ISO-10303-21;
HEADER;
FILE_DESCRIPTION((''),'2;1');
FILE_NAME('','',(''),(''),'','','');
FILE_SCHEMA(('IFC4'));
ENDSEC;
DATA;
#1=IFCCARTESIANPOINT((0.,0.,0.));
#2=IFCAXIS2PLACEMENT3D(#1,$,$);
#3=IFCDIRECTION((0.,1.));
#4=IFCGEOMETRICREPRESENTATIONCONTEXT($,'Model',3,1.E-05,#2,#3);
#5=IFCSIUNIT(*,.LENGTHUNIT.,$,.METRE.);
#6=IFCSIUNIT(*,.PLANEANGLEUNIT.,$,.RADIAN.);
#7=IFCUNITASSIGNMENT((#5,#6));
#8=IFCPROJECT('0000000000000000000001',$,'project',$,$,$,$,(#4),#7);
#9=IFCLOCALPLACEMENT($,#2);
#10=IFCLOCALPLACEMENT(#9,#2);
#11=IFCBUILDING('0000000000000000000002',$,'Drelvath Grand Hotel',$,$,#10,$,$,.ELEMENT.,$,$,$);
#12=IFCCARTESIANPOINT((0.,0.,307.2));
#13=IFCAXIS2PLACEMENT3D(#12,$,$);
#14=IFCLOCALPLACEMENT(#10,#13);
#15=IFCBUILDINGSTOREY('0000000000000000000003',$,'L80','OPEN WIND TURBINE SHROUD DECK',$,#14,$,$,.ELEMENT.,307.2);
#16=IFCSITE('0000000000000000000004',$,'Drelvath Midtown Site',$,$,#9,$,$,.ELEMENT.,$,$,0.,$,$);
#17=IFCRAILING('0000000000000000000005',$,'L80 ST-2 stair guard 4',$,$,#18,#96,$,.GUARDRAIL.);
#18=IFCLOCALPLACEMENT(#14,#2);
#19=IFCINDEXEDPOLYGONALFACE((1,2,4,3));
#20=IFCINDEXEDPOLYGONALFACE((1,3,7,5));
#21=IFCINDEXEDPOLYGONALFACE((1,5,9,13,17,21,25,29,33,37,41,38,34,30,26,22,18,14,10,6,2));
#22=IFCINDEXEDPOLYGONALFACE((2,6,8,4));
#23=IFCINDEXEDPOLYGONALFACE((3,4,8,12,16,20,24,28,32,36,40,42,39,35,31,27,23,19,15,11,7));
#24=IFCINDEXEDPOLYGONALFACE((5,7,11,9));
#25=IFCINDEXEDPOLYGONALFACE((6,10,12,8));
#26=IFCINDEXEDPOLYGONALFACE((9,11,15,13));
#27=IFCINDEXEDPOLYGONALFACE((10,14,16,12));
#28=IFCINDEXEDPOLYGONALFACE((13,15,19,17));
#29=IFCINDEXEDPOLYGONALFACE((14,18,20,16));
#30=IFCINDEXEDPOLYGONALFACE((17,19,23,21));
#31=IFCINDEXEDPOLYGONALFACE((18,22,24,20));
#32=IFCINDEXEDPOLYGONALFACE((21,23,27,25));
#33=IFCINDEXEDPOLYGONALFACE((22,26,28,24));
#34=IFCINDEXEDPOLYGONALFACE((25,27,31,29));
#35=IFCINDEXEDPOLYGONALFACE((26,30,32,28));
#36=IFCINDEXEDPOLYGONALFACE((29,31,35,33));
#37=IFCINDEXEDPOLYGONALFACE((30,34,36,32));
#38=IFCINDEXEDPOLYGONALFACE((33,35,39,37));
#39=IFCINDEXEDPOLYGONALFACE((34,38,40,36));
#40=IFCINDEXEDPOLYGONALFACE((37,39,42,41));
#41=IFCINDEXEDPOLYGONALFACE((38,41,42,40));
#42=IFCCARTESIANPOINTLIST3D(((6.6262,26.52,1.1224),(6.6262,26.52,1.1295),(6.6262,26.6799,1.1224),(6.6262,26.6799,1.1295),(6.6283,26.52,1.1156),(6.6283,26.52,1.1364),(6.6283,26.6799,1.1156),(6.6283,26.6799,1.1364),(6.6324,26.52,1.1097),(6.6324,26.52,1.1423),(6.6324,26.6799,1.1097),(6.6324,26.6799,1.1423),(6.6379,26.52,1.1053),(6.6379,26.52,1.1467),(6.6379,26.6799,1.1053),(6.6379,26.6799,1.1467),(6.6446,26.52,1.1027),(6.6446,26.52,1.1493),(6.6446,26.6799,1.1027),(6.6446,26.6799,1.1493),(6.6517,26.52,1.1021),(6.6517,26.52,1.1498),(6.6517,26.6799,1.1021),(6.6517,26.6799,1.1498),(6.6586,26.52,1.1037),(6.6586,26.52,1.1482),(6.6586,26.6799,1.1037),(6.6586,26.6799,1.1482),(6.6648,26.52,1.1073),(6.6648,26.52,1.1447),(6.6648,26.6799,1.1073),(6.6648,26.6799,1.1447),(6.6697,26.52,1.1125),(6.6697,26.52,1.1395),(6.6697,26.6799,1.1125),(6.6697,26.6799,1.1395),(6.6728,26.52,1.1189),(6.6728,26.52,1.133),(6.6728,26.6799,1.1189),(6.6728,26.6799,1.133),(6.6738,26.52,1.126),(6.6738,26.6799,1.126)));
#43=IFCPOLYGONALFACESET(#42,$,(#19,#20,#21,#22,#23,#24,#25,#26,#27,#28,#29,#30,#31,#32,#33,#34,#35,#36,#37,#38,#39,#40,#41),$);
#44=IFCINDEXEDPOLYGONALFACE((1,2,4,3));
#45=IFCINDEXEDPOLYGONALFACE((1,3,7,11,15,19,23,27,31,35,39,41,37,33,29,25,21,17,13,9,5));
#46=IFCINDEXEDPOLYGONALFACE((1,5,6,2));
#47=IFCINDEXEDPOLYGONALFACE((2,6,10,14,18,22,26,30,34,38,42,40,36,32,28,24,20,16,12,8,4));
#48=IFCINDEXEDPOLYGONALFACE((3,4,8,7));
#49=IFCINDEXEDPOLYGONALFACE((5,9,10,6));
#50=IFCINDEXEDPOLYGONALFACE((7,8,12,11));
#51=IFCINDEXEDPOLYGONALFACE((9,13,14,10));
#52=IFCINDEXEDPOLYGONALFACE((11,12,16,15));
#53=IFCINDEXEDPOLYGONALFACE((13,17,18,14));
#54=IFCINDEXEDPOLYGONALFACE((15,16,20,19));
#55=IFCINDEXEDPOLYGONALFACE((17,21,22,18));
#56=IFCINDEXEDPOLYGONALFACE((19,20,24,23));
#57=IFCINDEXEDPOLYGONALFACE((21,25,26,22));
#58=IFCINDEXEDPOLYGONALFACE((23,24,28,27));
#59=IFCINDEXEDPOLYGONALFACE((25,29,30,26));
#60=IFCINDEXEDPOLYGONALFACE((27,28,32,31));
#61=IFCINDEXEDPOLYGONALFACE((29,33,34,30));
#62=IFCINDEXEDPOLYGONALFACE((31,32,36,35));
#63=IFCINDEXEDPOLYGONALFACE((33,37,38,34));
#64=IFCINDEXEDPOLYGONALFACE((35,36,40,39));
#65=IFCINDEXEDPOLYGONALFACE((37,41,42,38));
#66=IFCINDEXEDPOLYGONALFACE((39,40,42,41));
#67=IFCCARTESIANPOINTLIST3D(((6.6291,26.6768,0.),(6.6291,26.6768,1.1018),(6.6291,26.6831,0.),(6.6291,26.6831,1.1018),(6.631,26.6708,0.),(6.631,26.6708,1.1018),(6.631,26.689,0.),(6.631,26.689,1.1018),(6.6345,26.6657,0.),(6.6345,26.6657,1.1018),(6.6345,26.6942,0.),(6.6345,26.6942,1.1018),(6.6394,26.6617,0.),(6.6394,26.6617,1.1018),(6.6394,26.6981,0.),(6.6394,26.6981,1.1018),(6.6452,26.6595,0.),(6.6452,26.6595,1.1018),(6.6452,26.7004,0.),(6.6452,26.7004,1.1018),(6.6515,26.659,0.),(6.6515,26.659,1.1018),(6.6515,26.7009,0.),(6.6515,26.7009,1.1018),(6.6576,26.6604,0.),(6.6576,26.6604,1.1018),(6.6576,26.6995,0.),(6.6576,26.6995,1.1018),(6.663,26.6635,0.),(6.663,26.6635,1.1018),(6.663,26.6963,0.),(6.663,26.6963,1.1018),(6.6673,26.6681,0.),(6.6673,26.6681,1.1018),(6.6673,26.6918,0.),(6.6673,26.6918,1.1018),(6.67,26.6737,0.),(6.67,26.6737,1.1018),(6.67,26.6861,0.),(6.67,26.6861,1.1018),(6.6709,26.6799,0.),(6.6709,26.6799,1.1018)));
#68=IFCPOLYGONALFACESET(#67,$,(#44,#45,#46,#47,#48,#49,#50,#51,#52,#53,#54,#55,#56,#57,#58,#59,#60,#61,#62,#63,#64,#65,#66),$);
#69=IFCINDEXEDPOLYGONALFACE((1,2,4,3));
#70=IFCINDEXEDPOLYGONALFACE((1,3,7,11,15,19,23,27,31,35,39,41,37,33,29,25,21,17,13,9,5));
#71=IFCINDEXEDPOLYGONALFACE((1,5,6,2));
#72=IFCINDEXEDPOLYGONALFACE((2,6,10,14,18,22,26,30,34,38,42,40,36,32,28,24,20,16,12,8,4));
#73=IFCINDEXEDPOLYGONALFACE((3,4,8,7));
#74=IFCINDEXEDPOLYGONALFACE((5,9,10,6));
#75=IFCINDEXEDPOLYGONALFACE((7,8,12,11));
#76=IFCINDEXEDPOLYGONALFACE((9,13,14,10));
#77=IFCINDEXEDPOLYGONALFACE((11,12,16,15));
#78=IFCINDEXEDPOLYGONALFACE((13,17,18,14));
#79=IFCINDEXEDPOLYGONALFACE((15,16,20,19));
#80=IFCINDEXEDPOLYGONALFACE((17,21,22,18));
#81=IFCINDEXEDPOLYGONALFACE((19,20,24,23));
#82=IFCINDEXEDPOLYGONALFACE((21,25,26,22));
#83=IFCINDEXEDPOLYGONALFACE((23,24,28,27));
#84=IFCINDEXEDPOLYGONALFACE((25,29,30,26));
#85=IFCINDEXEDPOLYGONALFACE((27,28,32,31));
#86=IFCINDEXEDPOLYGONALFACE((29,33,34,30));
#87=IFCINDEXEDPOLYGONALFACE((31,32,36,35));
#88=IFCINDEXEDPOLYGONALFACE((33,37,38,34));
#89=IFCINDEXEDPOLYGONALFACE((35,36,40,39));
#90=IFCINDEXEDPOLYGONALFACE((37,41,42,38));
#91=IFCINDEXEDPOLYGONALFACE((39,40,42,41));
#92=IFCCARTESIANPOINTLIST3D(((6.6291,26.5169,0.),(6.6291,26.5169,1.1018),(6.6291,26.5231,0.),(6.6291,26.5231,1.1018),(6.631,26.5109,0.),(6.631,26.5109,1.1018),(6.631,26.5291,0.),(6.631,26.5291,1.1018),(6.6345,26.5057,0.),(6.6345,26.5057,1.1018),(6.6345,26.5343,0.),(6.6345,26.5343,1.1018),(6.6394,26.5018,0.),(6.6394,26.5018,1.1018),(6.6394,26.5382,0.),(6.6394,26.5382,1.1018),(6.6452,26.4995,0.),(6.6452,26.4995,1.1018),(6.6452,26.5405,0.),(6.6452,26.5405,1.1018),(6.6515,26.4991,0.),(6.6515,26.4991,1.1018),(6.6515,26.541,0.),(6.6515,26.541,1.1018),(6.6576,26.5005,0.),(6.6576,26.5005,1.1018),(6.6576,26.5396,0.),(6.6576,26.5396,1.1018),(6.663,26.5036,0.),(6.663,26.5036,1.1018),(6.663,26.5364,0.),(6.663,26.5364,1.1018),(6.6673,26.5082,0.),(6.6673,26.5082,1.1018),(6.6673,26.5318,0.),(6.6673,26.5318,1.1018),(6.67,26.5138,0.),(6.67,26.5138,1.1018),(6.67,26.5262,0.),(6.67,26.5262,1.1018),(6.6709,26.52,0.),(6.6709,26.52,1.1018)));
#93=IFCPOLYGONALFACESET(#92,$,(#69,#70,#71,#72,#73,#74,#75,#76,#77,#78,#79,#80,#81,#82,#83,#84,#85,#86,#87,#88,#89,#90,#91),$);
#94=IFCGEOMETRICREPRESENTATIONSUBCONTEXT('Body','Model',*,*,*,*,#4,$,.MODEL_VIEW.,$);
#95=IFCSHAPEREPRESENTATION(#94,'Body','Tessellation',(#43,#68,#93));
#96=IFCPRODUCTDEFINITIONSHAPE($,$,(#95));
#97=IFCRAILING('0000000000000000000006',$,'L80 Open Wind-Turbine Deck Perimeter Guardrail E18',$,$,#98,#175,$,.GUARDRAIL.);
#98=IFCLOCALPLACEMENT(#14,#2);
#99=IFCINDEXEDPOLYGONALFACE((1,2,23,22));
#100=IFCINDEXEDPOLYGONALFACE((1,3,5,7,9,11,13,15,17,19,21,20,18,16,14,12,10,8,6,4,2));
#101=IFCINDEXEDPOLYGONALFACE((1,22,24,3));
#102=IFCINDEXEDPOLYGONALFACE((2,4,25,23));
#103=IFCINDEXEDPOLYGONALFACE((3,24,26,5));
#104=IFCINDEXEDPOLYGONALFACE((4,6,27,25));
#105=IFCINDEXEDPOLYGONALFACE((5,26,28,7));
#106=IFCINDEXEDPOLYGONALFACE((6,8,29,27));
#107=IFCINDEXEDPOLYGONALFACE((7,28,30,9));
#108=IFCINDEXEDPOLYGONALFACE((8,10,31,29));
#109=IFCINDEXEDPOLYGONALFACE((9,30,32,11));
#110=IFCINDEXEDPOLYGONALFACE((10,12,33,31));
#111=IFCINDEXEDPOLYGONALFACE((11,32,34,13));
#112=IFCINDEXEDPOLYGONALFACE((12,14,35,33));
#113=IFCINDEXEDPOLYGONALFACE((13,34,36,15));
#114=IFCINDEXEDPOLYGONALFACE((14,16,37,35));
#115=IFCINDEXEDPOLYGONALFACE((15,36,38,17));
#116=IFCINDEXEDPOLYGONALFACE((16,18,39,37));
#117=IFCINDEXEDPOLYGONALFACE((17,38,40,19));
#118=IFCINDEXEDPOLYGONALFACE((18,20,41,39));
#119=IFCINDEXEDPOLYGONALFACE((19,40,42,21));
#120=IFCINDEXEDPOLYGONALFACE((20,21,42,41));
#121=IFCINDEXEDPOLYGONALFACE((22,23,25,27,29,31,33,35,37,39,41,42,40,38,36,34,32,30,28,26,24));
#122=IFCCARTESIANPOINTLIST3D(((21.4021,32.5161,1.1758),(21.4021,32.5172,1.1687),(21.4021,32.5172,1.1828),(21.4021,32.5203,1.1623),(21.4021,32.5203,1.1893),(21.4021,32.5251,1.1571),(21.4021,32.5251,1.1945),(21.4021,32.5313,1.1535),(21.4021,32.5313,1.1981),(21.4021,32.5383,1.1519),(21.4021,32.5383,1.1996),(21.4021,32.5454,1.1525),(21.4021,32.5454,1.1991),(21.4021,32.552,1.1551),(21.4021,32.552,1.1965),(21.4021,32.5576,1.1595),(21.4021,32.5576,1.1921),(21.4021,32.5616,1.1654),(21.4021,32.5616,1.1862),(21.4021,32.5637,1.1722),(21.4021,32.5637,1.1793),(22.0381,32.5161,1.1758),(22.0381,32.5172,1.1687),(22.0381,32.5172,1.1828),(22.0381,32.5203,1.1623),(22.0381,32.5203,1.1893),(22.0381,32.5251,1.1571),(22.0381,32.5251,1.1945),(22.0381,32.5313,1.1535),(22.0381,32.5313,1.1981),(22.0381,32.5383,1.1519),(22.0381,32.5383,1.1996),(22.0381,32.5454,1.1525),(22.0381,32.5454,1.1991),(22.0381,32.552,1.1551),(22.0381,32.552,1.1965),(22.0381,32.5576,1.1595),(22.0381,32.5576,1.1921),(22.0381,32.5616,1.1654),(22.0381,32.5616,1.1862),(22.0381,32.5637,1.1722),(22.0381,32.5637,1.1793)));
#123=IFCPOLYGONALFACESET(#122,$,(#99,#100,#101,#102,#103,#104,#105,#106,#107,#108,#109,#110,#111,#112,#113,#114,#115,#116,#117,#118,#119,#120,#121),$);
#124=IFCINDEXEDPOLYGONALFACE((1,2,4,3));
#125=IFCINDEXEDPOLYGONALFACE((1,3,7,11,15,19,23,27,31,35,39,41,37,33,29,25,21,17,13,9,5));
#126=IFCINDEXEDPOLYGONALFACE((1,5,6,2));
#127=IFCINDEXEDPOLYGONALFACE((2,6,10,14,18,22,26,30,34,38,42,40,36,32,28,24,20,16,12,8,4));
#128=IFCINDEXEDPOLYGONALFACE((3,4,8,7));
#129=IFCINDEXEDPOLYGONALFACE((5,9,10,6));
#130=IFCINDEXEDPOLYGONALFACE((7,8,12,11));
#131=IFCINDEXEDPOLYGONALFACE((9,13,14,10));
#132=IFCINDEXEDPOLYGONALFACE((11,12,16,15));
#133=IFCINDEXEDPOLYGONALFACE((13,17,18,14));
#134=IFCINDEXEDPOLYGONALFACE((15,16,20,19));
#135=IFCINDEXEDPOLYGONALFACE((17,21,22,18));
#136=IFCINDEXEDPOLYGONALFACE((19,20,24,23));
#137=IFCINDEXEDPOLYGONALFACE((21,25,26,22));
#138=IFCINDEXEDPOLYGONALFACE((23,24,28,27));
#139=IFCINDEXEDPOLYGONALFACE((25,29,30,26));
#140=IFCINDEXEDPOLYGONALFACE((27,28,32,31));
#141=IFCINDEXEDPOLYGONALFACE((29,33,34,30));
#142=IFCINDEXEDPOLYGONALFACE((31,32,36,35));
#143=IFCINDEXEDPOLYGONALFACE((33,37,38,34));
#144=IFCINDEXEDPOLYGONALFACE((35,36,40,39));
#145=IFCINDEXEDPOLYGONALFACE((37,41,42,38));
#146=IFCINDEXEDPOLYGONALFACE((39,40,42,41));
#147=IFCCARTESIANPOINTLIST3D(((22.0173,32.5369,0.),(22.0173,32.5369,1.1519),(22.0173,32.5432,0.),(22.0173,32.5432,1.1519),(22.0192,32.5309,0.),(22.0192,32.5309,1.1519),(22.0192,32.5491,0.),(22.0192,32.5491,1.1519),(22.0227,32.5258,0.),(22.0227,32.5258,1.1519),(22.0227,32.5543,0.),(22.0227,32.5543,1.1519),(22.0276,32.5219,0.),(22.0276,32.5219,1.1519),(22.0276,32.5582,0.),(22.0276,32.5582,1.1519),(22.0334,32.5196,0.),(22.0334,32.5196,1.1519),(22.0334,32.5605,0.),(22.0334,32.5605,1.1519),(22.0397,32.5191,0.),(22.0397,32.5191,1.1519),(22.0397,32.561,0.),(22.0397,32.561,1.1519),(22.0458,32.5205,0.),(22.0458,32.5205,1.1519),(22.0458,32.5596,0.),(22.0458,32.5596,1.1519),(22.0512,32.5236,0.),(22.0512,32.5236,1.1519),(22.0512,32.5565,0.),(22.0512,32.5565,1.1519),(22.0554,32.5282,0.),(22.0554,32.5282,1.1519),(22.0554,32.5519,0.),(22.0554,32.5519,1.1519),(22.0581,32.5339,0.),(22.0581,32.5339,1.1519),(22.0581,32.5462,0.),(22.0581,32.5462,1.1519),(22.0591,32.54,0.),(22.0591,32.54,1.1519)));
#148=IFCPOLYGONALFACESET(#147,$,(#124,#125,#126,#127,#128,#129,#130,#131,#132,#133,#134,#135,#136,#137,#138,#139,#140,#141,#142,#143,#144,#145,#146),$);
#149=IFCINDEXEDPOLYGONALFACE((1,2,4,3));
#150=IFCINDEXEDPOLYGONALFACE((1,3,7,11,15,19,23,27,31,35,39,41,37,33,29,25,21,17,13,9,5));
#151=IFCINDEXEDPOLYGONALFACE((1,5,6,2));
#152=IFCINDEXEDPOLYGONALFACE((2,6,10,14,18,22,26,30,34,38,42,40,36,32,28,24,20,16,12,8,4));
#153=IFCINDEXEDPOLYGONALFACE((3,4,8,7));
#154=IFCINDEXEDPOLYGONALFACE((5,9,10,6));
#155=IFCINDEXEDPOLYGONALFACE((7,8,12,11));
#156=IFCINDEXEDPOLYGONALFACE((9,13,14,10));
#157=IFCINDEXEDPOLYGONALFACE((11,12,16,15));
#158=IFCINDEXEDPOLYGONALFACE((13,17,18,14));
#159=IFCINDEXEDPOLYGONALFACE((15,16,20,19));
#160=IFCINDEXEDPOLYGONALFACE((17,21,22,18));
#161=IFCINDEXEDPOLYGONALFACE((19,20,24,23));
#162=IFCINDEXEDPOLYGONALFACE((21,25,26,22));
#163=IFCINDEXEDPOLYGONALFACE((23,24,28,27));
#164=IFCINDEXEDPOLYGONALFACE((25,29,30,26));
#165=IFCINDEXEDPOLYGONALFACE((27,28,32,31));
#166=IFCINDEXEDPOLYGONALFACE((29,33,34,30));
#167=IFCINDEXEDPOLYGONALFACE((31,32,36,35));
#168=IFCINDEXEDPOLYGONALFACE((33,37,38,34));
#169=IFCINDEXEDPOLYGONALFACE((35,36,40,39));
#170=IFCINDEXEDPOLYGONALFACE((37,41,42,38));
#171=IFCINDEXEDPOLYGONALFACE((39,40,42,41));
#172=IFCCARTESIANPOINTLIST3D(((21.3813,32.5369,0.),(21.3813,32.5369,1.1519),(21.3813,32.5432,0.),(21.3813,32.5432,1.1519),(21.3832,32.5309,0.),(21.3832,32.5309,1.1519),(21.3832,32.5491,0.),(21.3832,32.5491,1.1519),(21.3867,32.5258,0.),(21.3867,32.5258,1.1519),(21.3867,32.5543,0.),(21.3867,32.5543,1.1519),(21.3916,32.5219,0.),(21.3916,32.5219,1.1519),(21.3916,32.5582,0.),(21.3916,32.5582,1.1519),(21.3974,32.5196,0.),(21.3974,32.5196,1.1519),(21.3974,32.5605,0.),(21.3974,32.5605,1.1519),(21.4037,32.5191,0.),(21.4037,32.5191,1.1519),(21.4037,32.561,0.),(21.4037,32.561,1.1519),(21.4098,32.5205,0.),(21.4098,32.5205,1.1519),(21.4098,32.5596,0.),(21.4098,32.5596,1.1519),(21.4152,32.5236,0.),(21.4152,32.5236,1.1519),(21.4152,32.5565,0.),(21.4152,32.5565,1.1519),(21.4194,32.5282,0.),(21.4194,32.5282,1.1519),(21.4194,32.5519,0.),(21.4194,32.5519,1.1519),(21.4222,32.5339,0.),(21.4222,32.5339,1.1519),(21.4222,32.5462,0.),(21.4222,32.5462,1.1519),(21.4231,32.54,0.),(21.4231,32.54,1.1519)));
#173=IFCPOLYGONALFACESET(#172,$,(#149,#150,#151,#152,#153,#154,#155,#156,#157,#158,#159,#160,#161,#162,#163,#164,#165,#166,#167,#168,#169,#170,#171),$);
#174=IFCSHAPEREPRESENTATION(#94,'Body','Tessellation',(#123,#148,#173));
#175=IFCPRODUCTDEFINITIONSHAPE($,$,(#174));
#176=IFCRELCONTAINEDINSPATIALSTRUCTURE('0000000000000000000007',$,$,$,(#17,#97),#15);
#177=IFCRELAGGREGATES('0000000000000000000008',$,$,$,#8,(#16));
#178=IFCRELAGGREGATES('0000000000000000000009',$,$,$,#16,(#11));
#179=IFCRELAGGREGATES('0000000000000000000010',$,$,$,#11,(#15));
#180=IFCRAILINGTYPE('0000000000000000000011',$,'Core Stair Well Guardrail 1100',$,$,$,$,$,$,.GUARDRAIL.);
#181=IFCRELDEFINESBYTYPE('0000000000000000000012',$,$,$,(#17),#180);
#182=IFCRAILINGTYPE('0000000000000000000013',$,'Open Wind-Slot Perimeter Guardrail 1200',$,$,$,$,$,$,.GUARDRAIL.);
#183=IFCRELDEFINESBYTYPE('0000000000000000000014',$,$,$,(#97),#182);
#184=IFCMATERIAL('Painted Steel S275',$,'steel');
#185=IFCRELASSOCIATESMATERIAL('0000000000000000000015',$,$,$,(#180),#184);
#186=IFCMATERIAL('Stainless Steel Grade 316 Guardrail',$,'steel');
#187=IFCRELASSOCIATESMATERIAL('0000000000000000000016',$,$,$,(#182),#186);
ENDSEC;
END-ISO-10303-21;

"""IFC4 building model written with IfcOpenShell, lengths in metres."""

from ifc_helpers import new_model, si_unit, direction, frame, origin, origin_2d, place, context, subcontext, project, spatial, circle, extrude, material, type_object, element, save


model = new_model("IFC4")

# Units and contexts
model_context = context("Model", 3, precision=1e-05, world=origin(), true_north=direction((0.0, 1.0)))
body_context = subcontext(model_context, "Body", "Model", "MODEL_VIEW")
ifc_project = project(units=[si_unit("LENGTHUNIT", "METRE"), si_unit("PLANEANGLEUNIT", "RADIAN")], contexts=[model_context])

# Site, building, storey
site_placement = place(None, origin())
site = spatial("IfcSite", under=ifc_project, at=site_placement, Name="Drelvath Midtown Site", CompositionType="ELEMENT", RefElevation=0.0)
building_placement = place(site_placement, origin())
building = spatial("IfcBuilding", under=site, at=building_placement, Name="Drelvath Grand Hotel", CompositionType="ELEMENT")
storey_placement = place(building_placement, frame((0.0, 0.0, 307.2)))
storey = spatial("IfcBuildingStorey", under=building, at=storey_placement, Name="L80", Description="OPEN WIND TURBINE SHROUD DECK", CompositionType="ELEMENT", Elevation=307.2)

# Shared definitions
ifc_material_1 = material(Name="Painted Steel S275", Category="steel")

# Railings
railing_type_1 = type_object("IfcRailingType", Name="Core Stair Well Guardrail 1100", PredefinedType="GUARDRAIL", material=ifc_material_1)
railing_1_placement = place(storey_placement, frame((6.6499, 26.6799, 0.0)))
element("IfcRailing", 1, at=railing_1_placement, inside=storey, type_object=railing_type_1, Name="L80 ST-2 stair guard 4", PredefinedType="GUARDRAIL", context=body_context, shape_type="SweptSolid", body=[
    extrude(circle(Radius=0.0239, at=origin_2d()), frame((0.0, 0.0, 1.126), z_axis=(0.0, -1.0, 0.0), x_axis=(1.0, 0.0, 0.0)), (0.0, 0.0, 1.0), 0.1599),
    extrude(circle(Radius=0.021, at=origin_2d()), origin(), (0.0, 0.0, 1.0), 1.1018),
    extrude(circle(Radius=0.021, at=origin_2d()), frame((0.0, -0.1599, 0.0)), (0.0, 0.0, 1.0), 1.1018),
])
ifc_material_2 = material(Name="Stainless Steel Grade 316 Guardrail", Category="steel")
railing_type_2 = type_object("IfcRailingType", Name="Open Wind-Slot Perimeter Guardrail 1200", PredefinedType="GUARDRAIL", material=ifc_material_2)
railing_2_placement = place(storey_placement, frame((22.0381, 32.54, 0.0)))
element("IfcRailing", 2, at=railing_2_placement, inside=storey, type_object=railing_type_2, Name="L80 Open Wind-Turbine Deck Perimeter Guardrail E18", PredefinedType="GUARDRAIL", context=body_context, shape_type="SweptSolid", body=[
    extrude(circle(Radius=0.0239, at=origin_2d()), frame((0.0, 0.0, 1.1758), z_axis=(-1.0, 0.0, 0.0), x_axis=(0.0, -1.0, 0.0)), (0.0, 0.0, 1.0), 0.636),
    extrude(circle(Radius=0.021, at=origin_2d()), origin(), (0.0, 0.0, 1.0), 1.1519),
    extrude(circle(Radius=0.021, at=origin_2d()), frame((-0.636, 0.0, 0.0)), (0.0, 0.0, 1.0), 1.1519),
])

save(model, "model.ifc")
